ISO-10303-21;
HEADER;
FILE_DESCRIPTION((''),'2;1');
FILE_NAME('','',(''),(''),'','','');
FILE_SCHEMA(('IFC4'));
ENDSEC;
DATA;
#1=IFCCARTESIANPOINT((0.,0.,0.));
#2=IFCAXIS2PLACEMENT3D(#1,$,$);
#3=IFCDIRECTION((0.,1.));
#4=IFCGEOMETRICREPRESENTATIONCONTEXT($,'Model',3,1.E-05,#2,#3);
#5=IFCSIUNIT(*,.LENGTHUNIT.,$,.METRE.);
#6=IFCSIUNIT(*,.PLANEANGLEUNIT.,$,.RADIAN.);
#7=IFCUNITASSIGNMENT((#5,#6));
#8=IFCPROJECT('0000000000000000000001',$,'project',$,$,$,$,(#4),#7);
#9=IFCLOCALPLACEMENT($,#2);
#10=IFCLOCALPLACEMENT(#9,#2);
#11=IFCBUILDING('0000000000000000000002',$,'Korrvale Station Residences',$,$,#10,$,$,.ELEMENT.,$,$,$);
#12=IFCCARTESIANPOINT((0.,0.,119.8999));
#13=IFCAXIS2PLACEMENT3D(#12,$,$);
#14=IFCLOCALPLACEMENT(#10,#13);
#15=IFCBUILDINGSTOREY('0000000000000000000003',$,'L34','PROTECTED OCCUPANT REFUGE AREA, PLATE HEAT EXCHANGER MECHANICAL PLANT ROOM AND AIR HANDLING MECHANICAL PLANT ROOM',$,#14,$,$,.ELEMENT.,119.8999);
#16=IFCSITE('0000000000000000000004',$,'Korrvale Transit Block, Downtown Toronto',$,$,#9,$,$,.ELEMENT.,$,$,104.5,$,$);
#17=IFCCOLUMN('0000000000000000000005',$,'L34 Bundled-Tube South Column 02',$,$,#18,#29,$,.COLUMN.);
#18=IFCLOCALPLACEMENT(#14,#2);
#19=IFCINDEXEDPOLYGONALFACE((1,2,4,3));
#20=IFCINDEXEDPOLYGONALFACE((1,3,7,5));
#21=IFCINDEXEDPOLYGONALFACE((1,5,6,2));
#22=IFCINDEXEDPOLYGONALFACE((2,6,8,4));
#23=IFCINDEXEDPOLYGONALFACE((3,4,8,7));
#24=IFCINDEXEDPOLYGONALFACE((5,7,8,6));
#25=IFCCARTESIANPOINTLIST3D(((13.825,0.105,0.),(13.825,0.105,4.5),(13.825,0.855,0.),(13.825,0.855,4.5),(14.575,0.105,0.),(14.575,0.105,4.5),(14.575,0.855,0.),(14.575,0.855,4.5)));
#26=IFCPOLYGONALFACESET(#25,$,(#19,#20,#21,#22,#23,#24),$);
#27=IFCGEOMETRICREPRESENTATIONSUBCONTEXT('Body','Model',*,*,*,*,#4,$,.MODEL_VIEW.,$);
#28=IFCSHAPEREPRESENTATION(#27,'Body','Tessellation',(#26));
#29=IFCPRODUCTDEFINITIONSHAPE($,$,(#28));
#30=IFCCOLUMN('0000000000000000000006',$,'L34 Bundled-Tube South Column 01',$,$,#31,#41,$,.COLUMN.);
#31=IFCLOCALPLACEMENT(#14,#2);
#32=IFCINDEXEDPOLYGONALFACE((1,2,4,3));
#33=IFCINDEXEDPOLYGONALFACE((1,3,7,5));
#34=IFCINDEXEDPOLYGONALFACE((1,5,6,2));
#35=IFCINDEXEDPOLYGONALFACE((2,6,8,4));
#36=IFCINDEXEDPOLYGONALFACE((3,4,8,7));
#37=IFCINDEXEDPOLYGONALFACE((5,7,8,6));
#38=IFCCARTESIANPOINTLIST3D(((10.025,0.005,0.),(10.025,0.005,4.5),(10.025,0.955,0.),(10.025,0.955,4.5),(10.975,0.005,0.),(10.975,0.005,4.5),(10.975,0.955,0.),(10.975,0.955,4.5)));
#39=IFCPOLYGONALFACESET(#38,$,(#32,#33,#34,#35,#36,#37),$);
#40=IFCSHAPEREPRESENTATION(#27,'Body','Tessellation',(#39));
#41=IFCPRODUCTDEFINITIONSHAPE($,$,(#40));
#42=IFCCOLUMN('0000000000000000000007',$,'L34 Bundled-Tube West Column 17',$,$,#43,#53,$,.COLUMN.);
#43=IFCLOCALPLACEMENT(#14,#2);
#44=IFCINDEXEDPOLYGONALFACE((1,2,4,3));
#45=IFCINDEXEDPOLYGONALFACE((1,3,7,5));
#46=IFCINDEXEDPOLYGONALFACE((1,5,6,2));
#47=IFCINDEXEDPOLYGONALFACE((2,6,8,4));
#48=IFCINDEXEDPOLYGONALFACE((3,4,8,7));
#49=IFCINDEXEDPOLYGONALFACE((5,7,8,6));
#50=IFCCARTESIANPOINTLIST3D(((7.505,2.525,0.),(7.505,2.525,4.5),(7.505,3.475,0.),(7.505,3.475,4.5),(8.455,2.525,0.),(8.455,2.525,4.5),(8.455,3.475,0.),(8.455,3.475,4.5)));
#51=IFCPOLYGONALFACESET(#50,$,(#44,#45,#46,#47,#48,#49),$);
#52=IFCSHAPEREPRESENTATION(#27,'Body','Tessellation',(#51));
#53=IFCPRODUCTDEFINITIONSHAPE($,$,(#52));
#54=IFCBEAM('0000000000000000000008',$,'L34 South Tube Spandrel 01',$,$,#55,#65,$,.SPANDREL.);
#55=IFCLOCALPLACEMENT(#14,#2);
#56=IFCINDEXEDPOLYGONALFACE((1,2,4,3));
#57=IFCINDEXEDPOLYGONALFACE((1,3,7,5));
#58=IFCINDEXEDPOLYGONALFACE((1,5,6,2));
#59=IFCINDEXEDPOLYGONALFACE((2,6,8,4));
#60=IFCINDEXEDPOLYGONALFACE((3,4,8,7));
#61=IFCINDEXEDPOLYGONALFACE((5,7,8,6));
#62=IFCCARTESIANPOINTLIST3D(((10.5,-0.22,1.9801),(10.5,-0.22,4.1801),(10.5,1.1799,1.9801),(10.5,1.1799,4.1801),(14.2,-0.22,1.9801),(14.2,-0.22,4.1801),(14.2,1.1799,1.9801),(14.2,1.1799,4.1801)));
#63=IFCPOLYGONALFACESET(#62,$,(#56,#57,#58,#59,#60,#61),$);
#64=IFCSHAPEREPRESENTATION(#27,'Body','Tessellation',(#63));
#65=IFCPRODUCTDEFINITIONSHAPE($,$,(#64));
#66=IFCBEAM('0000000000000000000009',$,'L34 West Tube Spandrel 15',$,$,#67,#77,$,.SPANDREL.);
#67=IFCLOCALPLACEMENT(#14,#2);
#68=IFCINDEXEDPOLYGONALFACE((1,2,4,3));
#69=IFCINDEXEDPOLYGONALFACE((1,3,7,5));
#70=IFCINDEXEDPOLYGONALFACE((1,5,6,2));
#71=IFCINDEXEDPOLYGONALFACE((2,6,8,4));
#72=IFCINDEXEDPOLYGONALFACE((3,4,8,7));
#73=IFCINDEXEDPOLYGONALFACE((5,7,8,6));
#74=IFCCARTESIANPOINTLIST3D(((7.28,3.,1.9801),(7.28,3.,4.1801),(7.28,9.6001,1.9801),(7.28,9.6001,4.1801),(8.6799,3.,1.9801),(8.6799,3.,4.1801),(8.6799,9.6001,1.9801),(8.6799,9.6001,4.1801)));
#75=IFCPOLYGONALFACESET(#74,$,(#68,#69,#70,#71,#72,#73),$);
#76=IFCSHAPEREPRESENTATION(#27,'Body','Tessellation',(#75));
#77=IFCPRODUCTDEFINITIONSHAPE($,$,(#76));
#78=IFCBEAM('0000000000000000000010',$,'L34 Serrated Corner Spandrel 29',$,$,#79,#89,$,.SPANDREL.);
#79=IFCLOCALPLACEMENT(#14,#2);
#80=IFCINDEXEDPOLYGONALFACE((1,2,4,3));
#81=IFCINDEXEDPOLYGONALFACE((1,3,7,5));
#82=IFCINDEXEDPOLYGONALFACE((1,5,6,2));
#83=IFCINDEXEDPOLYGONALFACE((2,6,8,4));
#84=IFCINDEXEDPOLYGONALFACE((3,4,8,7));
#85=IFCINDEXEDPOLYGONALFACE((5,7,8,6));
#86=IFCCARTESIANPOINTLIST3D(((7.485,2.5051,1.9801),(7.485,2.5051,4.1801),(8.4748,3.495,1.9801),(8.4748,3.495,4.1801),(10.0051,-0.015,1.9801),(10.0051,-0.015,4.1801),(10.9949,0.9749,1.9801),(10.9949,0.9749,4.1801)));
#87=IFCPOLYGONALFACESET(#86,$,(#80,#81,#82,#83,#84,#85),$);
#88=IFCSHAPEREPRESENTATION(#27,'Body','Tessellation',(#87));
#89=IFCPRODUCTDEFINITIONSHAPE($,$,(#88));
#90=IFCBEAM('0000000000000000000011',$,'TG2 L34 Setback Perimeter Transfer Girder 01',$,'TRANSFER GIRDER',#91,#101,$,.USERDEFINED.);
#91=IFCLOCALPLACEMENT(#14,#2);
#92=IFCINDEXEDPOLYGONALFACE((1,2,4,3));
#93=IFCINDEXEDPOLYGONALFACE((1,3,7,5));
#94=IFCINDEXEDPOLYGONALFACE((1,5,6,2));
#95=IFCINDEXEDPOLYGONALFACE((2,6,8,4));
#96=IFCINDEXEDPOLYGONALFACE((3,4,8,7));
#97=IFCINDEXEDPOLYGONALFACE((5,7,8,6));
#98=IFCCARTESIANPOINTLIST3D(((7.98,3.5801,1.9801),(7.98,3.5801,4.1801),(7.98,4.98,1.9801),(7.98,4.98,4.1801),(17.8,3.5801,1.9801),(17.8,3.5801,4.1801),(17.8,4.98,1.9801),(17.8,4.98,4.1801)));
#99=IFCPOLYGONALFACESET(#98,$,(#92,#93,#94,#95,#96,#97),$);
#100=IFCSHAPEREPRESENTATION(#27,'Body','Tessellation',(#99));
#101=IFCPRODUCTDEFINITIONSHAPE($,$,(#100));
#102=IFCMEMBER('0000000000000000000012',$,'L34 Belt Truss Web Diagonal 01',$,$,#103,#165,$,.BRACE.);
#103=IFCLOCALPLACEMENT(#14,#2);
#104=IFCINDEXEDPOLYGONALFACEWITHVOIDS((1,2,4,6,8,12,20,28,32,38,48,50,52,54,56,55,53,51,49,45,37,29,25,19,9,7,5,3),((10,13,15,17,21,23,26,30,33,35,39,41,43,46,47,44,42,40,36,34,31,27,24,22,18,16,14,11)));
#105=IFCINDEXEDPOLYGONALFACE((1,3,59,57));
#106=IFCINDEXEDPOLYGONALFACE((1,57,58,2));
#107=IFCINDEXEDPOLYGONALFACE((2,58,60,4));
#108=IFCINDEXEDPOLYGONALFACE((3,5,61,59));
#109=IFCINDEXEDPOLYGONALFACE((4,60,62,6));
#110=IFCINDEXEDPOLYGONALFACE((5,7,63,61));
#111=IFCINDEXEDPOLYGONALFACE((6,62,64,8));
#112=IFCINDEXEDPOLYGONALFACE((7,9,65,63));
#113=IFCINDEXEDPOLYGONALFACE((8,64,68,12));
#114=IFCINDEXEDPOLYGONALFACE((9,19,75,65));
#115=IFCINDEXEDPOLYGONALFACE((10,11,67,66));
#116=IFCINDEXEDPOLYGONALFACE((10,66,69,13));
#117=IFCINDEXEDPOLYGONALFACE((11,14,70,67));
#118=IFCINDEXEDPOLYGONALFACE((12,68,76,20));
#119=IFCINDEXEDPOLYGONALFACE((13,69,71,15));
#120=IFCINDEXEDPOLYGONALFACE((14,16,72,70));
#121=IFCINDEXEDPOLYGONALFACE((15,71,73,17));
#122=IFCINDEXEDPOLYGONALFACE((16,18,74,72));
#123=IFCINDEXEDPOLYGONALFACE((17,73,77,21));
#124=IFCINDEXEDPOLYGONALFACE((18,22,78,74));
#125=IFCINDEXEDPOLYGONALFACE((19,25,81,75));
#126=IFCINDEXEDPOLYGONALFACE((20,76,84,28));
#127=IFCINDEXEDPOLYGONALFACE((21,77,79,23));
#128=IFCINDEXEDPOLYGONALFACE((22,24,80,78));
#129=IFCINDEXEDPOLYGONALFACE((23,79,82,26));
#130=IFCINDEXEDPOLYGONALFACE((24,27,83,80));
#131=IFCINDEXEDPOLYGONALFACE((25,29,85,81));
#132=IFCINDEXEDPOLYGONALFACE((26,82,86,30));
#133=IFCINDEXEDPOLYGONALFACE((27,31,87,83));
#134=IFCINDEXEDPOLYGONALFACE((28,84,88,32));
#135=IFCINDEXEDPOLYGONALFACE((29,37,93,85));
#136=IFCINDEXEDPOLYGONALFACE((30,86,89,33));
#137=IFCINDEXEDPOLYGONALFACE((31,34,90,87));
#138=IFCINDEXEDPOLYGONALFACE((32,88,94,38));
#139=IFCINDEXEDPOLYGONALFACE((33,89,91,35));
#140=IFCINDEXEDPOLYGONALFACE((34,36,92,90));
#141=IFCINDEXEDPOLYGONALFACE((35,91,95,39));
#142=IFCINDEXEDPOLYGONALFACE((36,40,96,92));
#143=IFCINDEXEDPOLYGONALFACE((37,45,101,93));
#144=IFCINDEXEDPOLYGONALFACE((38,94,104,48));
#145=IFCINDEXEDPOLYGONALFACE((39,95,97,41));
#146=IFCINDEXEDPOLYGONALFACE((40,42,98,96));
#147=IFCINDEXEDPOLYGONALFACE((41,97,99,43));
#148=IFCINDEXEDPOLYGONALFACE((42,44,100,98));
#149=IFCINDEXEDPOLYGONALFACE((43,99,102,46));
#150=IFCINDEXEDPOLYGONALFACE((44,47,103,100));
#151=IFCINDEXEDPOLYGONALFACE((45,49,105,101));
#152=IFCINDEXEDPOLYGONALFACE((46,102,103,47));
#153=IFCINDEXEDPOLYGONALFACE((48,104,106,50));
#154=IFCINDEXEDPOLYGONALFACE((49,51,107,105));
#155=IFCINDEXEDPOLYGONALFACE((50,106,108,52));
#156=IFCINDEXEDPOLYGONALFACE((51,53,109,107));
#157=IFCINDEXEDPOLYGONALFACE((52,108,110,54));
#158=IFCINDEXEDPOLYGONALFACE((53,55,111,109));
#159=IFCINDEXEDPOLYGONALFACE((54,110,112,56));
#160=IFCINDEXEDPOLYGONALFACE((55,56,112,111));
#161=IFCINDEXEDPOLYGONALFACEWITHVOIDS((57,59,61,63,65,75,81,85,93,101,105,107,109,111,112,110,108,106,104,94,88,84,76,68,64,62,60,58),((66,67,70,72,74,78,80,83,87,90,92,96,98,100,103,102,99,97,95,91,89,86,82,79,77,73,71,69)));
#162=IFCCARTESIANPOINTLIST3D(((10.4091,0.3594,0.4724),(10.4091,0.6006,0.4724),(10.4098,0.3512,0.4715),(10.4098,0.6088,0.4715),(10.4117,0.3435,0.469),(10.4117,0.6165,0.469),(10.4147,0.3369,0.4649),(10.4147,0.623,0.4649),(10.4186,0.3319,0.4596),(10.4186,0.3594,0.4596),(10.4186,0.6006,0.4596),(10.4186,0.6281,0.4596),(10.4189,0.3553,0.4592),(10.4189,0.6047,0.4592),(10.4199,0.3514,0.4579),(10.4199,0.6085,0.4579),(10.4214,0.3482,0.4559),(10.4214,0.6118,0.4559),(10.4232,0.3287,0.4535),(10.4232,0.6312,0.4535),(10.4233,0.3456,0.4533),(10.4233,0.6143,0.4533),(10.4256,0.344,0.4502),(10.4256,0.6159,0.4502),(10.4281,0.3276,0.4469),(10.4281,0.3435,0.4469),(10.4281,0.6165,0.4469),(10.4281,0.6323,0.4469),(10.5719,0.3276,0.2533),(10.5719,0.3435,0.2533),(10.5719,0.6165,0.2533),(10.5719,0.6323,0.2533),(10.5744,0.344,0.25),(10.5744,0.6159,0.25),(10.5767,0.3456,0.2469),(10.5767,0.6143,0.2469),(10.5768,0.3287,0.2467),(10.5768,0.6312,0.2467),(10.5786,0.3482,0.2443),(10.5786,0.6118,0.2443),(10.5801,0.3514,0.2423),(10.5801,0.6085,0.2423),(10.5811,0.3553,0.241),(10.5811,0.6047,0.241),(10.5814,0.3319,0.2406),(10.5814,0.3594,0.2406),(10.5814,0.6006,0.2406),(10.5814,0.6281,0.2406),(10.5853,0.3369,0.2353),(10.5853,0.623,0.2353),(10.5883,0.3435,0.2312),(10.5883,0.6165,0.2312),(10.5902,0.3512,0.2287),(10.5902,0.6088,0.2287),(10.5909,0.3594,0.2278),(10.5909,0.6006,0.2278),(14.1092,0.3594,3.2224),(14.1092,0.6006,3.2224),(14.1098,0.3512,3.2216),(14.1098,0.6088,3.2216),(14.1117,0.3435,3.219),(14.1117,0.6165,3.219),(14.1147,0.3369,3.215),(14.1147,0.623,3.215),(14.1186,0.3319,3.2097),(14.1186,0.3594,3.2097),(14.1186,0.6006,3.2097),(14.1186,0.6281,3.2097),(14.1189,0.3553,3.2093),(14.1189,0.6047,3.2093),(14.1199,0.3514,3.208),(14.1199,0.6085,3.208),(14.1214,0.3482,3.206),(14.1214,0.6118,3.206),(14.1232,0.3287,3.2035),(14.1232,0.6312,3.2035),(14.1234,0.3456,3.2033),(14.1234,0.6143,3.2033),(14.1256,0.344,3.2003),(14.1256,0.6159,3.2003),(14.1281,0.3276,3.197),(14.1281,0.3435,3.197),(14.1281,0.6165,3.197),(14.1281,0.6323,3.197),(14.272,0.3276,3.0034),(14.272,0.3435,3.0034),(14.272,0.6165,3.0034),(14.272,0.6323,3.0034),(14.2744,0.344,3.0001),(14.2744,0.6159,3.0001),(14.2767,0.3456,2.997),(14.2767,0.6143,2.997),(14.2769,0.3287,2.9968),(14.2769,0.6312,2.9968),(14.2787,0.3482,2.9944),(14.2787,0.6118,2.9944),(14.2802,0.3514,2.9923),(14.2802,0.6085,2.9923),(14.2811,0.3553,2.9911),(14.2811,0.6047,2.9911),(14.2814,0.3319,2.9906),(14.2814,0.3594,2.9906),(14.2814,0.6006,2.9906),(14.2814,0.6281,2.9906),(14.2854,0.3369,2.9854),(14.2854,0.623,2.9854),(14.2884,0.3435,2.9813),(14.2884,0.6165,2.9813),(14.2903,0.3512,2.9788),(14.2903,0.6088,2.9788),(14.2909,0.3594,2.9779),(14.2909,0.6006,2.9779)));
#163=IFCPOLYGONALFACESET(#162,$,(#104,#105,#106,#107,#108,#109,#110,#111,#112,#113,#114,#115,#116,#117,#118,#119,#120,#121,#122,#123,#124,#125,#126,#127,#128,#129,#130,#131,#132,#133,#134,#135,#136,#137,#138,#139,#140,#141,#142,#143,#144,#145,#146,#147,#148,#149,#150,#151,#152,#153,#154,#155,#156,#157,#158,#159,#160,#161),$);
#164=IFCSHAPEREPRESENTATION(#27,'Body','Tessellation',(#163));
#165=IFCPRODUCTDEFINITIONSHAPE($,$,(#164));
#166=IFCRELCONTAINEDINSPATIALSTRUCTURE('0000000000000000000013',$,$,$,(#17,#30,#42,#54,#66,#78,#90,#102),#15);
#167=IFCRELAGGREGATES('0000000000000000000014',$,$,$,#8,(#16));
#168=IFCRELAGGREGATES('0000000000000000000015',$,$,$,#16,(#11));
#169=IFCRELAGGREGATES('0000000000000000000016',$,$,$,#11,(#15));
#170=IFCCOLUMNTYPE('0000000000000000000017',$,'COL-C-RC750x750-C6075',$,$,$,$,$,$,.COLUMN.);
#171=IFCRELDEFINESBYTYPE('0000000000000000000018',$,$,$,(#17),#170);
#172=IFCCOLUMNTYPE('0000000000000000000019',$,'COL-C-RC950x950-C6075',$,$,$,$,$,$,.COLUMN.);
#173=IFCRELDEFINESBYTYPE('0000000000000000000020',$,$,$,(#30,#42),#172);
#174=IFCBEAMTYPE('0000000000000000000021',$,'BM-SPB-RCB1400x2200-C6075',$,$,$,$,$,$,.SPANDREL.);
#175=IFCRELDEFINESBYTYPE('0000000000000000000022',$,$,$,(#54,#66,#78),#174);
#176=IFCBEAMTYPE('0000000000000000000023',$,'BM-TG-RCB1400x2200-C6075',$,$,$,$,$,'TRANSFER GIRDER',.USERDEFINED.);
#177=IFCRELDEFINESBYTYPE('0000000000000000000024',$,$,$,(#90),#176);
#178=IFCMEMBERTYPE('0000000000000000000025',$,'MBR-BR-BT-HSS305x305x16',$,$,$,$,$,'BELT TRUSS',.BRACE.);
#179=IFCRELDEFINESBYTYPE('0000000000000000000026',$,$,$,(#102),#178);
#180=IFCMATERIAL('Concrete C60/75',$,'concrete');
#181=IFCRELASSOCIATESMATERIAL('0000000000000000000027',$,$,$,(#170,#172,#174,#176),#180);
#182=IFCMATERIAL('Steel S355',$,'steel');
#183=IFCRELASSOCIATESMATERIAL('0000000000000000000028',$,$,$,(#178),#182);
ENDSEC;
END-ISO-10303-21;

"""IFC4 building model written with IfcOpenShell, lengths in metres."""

from ifc_helpers import new_model, si_unit, direction, frame, origin, origin_2d, place, context, subcontext, project, spatial, rectangle, hollow_rectangle, extrude, material, material_profile, profile_set, type_object, element, save


model = new_model("IFC4")

# Units and contexts
model_context = context("Model", 3, precision=1e-05, world=origin(), true_north=direction((0.0, 1.0)))
body_context = subcontext(model_context, "Body", "Model", "MODEL_VIEW")
ifc_project = project(units=[si_unit("LENGTHUNIT", "METRE"), si_unit("PLANEANGLEUNIT", "RADIAN")], contexts=[model_context])

# Site, building, storey
site_placement = place(None, origin())
site = spatial("IfcSite", under=ifc_project, at=site_placement, Name="Korrvale Transit Block, Downtown Toronto", CompositionType="ELEMENT", RefElevation=104.5)
building_placement = place(site_placement, origin())
building = spatial("IfcBuilding", under=site, at=building_placement, Name="Korrvale Station Residences", CompositionType="ELEMENT")
storey_placement = place(building_placement, frame((0.0, 0.0, 119.8999)))
storey = spatial("IfcBuildingStorey", under=building, at=storey_placement, Name="L34", Description="PROTECTED OCCUPANT REFUGE AREA, PLATE HEAT EXCHANGER MECHANICAL PLANT ROOM AND AIR HANDLING MECHANICAL PLANT ROOM", CompositionType="ELEMENT", Elevation=119.8999)

# Columns
ifc_material_1 = material(Name="Concrete C60/75", Category="concrete")
ifc_material_profile_1 = material_profile(ifc_material_1, rectangle(XDim=0.75, YDim=0.75, at=origin_2d()), Name="RC750x750")
ifc_profile_set_1 = profile_set([ifc_material_profile_1], Name="Concrete C60/75")
column_type_1 = type_object("IfcColumnType", Name="COL-C-RC750x750-C6075", PredefinedType="COLUMN", material=ifc_profile_set_1)
column_placement = place(storey_placement, frame((14.2, 0.48, 0.0), z_axis=(0.0, 0.0, 1.0), x_axis=(1.0, 0.0, 0.0)))
element("IfcColumn", 1, at=column_placement, inside=storey, type_object=column_type_1, Name="L34 Bundled-Tube South Column 02", PredefinedType="COLUMN", context=body_context, shape_type="SweptSolid", body=[
    extrude(rectangle(XDim=0.75, YDim=0.75, at=origin_2d()), origin(), (0.0, 0.0, 1.0), 4.5),
])
ifc_material_profile_2 = material_profile(ifc_material_1, rectangle(XDim=0.95, YDim=0.95, at=origin_2d()), Name="RC950x950")
ifc_profile_set_2 = profile_set([ifc_material_profile_2], Name="Concrete C60/75")
column_type_2 = type_object("IfcColumnType", Name="COL-C-RC950x950-C6075", PredefinedType="COLUMN", material=ifc_profile_set_2)
for number, where, z_axis, x_axis, name in (
    (2, (10.5, 0.48, 0.0), (0.0, 0.0, 1.0), (1.0, 0.0, 0.0), "L34 Bundled-Tube South Column 01"),
    (3, (7.98, 3.0, 0.0), (0.0, 0.0, 1.0), (1.0, 0.0, 0.0), "L34 Bundled-Tube West Column 17"),
):
    element("IfcColumn", number, at=place(storey_placement, frame(where, z_axis=z_axis, x_axis=x_axis)), inside=storey, type_object=column_type_2, Name=name, PredefinedType="COLUMN", context=body_context, shape_type="SweptSolid", body=[
        extrude(rectangle(XDim=0.95, YDim=0.95, at=origin_2d()), origin(), (0.0, 0.0, 1.0), 4.5),
    ])

# Beams
ifc_material_profile_3 = material_profile(ifc_material_1, rectangle(XDim=1.3999, YDim=2.2, at=origin_2d()), Name="RCB1400x2200")
ifc_profile_set_3 = profile_set([ifc_material_profile_3], Name="Concrete C60/75")
beam_type_1 = type_object("IfcBeamType", Name="BM-SPB-RCB1400x2200-C6075", PredefinedType="SPANDREL", material=ifc_profile_set_3)
beam_1_placement = place(storey_placement, frame((10.5, 0.48, 3.0801), z_axis=(1.0, 0.0, 0.0), x_axis=(0.0, 1.0, 0.0)))
element("IfcBeam", 4, at=beam_1_placement, inside=storey, type_object=beam_type_1, Name="L34 South Tube Spandrel 01", PredefinedType="SPANDREL", context=body_context, shape_type="SweptSolid", body=[
    extrude(rectangle(XDim=1.3999, YDim=2.2, at=origin_2d()), origin(), (0.0, 0.0, 1.0), 3.7),
])
beam_2_placement = place(storey_placement, frame((7.98, 3.0, 3.0801), z_axis=(0.0, 1.0, 0.0), x_axis=(-1.0, 0.0, 0.0)))
element("IfcBeam", 5, at=beam_2_placement, inside=storey, type_object=beam_type_1, Name="L34 West Tube Spandrel 15", PredefinedType="SPANDREL", context=body_context, shape_type="SweptSolid", body=[
    extrude(rectangle(XDim=1.3999, YDim=2.2, at=origin_2d()), origin(), (0.0, 0.0, 1.0), 6.6001),
])
beam_3_placement = place(storey_placement, frame((10.5, 0.48, 3.0801), z_axis=(-0.707107, 0.707107, 0.0), x_axis=(-0.707107, -0.707107, 0.0)))
element("IfcBeam", 6, at=beam_3_placement, inside=storey, type_object=beam_type_1, Name="L34 Serrated Corner Spandrel 29", PredefinedType="SPANDREL", context=body_context, shape_type="SweptSolid", body=[
    extrude(rectangle(XDim=1.3999, YDim=2.2, at=origin_2d()), origin(), (0.0, 0.0, 1.0), 3.564),
])
ifc_material_profile_4 = material_profile(ifc_material_1, rectangle(XDim=1.3999, YDim=2.2, at=origin_2d()), Name="RCB1400x2200")
ifc_profile_set_4 = profile_set([ifc_material_profile_4], Name="Concrete C60/75")
beam_type_2 = type_object("IfcBeamType", Name="BM-TG-RCB1400x2200-C6075", ElementType="TRANSFER GIRDER", PredefinedType="USERDEFINED", material=ifc_profile_set_4)
beam_4_placement = place(storey_placement, frame((7.98, 4.28, 3.0801), z_axis=(1.0, 0.0, 0.0), x_axis=(0.0, 1.0, 0.0)))
element("IfcBeam", 7, at=beam_4_placement, inside=storey, type_object=beam_type_2, Name="TG2 L34 Setback Perimeter Transfer Girder 01", ObjectType="TRANSFER GIRDER", PredefinedType="USERDEFINED", context=body_context, shape_type="SweptSolid", body=[
    extrude(rectangle(XDim=1.3999, YDim=2.2, at=origin_2d()), origin(), (0.0, 0.0, 1.0), 9.8201),
])

# Member
ifc_material_2 = material(Name="Steel S355", Category="steel")
ifc_material_profile_5 = material_profile(ifc_material_2, hollow_rectangle(XDim=0.3047, YDim=0.3047, WallThickness=0.0159, InnerFilletRadius=0.0159, OuterFilletRadius=0.0317, at=origin_2d()), Name="HSS305x305x16")
ifc_profile_set_5 = profile_set([ifc_material_profile_5], Name="Steel S355")
member_type_1 = type_object("IfcMemberType", Name="MBR-BR-BT-HSS305x305x16", ElementType="BELT TRUSS", PredefinedType="BRACE", material=ifc_profile_set_5)
member_1_placement = place(storey_placement, frame((10.5, 0.48, 0.3501), z_axis=(0.802592, 0.0, 0.596529), x_axis=(0.0, 1.0, 0.0)))
element("IfcMember", 8, at=member_1_placement, inside=storey, type_object=member_type_1, Name="L34 Belt Truss Web Diagonal 01", PredefinedType="BRACE", context=body_context, shape_type="SweptSolid", body=[
    extrude(hollow_rectangle(XDim=0.3047, YDim=0.3047, WallThickness=0.0159, InnerFilletRadius=0.0159, OuterFilletRadius=0.0317, at=origin_2d()), origin(), (0.0, 0.0, 1.0), 4.6101),
])

save(model, "model.ifc")
